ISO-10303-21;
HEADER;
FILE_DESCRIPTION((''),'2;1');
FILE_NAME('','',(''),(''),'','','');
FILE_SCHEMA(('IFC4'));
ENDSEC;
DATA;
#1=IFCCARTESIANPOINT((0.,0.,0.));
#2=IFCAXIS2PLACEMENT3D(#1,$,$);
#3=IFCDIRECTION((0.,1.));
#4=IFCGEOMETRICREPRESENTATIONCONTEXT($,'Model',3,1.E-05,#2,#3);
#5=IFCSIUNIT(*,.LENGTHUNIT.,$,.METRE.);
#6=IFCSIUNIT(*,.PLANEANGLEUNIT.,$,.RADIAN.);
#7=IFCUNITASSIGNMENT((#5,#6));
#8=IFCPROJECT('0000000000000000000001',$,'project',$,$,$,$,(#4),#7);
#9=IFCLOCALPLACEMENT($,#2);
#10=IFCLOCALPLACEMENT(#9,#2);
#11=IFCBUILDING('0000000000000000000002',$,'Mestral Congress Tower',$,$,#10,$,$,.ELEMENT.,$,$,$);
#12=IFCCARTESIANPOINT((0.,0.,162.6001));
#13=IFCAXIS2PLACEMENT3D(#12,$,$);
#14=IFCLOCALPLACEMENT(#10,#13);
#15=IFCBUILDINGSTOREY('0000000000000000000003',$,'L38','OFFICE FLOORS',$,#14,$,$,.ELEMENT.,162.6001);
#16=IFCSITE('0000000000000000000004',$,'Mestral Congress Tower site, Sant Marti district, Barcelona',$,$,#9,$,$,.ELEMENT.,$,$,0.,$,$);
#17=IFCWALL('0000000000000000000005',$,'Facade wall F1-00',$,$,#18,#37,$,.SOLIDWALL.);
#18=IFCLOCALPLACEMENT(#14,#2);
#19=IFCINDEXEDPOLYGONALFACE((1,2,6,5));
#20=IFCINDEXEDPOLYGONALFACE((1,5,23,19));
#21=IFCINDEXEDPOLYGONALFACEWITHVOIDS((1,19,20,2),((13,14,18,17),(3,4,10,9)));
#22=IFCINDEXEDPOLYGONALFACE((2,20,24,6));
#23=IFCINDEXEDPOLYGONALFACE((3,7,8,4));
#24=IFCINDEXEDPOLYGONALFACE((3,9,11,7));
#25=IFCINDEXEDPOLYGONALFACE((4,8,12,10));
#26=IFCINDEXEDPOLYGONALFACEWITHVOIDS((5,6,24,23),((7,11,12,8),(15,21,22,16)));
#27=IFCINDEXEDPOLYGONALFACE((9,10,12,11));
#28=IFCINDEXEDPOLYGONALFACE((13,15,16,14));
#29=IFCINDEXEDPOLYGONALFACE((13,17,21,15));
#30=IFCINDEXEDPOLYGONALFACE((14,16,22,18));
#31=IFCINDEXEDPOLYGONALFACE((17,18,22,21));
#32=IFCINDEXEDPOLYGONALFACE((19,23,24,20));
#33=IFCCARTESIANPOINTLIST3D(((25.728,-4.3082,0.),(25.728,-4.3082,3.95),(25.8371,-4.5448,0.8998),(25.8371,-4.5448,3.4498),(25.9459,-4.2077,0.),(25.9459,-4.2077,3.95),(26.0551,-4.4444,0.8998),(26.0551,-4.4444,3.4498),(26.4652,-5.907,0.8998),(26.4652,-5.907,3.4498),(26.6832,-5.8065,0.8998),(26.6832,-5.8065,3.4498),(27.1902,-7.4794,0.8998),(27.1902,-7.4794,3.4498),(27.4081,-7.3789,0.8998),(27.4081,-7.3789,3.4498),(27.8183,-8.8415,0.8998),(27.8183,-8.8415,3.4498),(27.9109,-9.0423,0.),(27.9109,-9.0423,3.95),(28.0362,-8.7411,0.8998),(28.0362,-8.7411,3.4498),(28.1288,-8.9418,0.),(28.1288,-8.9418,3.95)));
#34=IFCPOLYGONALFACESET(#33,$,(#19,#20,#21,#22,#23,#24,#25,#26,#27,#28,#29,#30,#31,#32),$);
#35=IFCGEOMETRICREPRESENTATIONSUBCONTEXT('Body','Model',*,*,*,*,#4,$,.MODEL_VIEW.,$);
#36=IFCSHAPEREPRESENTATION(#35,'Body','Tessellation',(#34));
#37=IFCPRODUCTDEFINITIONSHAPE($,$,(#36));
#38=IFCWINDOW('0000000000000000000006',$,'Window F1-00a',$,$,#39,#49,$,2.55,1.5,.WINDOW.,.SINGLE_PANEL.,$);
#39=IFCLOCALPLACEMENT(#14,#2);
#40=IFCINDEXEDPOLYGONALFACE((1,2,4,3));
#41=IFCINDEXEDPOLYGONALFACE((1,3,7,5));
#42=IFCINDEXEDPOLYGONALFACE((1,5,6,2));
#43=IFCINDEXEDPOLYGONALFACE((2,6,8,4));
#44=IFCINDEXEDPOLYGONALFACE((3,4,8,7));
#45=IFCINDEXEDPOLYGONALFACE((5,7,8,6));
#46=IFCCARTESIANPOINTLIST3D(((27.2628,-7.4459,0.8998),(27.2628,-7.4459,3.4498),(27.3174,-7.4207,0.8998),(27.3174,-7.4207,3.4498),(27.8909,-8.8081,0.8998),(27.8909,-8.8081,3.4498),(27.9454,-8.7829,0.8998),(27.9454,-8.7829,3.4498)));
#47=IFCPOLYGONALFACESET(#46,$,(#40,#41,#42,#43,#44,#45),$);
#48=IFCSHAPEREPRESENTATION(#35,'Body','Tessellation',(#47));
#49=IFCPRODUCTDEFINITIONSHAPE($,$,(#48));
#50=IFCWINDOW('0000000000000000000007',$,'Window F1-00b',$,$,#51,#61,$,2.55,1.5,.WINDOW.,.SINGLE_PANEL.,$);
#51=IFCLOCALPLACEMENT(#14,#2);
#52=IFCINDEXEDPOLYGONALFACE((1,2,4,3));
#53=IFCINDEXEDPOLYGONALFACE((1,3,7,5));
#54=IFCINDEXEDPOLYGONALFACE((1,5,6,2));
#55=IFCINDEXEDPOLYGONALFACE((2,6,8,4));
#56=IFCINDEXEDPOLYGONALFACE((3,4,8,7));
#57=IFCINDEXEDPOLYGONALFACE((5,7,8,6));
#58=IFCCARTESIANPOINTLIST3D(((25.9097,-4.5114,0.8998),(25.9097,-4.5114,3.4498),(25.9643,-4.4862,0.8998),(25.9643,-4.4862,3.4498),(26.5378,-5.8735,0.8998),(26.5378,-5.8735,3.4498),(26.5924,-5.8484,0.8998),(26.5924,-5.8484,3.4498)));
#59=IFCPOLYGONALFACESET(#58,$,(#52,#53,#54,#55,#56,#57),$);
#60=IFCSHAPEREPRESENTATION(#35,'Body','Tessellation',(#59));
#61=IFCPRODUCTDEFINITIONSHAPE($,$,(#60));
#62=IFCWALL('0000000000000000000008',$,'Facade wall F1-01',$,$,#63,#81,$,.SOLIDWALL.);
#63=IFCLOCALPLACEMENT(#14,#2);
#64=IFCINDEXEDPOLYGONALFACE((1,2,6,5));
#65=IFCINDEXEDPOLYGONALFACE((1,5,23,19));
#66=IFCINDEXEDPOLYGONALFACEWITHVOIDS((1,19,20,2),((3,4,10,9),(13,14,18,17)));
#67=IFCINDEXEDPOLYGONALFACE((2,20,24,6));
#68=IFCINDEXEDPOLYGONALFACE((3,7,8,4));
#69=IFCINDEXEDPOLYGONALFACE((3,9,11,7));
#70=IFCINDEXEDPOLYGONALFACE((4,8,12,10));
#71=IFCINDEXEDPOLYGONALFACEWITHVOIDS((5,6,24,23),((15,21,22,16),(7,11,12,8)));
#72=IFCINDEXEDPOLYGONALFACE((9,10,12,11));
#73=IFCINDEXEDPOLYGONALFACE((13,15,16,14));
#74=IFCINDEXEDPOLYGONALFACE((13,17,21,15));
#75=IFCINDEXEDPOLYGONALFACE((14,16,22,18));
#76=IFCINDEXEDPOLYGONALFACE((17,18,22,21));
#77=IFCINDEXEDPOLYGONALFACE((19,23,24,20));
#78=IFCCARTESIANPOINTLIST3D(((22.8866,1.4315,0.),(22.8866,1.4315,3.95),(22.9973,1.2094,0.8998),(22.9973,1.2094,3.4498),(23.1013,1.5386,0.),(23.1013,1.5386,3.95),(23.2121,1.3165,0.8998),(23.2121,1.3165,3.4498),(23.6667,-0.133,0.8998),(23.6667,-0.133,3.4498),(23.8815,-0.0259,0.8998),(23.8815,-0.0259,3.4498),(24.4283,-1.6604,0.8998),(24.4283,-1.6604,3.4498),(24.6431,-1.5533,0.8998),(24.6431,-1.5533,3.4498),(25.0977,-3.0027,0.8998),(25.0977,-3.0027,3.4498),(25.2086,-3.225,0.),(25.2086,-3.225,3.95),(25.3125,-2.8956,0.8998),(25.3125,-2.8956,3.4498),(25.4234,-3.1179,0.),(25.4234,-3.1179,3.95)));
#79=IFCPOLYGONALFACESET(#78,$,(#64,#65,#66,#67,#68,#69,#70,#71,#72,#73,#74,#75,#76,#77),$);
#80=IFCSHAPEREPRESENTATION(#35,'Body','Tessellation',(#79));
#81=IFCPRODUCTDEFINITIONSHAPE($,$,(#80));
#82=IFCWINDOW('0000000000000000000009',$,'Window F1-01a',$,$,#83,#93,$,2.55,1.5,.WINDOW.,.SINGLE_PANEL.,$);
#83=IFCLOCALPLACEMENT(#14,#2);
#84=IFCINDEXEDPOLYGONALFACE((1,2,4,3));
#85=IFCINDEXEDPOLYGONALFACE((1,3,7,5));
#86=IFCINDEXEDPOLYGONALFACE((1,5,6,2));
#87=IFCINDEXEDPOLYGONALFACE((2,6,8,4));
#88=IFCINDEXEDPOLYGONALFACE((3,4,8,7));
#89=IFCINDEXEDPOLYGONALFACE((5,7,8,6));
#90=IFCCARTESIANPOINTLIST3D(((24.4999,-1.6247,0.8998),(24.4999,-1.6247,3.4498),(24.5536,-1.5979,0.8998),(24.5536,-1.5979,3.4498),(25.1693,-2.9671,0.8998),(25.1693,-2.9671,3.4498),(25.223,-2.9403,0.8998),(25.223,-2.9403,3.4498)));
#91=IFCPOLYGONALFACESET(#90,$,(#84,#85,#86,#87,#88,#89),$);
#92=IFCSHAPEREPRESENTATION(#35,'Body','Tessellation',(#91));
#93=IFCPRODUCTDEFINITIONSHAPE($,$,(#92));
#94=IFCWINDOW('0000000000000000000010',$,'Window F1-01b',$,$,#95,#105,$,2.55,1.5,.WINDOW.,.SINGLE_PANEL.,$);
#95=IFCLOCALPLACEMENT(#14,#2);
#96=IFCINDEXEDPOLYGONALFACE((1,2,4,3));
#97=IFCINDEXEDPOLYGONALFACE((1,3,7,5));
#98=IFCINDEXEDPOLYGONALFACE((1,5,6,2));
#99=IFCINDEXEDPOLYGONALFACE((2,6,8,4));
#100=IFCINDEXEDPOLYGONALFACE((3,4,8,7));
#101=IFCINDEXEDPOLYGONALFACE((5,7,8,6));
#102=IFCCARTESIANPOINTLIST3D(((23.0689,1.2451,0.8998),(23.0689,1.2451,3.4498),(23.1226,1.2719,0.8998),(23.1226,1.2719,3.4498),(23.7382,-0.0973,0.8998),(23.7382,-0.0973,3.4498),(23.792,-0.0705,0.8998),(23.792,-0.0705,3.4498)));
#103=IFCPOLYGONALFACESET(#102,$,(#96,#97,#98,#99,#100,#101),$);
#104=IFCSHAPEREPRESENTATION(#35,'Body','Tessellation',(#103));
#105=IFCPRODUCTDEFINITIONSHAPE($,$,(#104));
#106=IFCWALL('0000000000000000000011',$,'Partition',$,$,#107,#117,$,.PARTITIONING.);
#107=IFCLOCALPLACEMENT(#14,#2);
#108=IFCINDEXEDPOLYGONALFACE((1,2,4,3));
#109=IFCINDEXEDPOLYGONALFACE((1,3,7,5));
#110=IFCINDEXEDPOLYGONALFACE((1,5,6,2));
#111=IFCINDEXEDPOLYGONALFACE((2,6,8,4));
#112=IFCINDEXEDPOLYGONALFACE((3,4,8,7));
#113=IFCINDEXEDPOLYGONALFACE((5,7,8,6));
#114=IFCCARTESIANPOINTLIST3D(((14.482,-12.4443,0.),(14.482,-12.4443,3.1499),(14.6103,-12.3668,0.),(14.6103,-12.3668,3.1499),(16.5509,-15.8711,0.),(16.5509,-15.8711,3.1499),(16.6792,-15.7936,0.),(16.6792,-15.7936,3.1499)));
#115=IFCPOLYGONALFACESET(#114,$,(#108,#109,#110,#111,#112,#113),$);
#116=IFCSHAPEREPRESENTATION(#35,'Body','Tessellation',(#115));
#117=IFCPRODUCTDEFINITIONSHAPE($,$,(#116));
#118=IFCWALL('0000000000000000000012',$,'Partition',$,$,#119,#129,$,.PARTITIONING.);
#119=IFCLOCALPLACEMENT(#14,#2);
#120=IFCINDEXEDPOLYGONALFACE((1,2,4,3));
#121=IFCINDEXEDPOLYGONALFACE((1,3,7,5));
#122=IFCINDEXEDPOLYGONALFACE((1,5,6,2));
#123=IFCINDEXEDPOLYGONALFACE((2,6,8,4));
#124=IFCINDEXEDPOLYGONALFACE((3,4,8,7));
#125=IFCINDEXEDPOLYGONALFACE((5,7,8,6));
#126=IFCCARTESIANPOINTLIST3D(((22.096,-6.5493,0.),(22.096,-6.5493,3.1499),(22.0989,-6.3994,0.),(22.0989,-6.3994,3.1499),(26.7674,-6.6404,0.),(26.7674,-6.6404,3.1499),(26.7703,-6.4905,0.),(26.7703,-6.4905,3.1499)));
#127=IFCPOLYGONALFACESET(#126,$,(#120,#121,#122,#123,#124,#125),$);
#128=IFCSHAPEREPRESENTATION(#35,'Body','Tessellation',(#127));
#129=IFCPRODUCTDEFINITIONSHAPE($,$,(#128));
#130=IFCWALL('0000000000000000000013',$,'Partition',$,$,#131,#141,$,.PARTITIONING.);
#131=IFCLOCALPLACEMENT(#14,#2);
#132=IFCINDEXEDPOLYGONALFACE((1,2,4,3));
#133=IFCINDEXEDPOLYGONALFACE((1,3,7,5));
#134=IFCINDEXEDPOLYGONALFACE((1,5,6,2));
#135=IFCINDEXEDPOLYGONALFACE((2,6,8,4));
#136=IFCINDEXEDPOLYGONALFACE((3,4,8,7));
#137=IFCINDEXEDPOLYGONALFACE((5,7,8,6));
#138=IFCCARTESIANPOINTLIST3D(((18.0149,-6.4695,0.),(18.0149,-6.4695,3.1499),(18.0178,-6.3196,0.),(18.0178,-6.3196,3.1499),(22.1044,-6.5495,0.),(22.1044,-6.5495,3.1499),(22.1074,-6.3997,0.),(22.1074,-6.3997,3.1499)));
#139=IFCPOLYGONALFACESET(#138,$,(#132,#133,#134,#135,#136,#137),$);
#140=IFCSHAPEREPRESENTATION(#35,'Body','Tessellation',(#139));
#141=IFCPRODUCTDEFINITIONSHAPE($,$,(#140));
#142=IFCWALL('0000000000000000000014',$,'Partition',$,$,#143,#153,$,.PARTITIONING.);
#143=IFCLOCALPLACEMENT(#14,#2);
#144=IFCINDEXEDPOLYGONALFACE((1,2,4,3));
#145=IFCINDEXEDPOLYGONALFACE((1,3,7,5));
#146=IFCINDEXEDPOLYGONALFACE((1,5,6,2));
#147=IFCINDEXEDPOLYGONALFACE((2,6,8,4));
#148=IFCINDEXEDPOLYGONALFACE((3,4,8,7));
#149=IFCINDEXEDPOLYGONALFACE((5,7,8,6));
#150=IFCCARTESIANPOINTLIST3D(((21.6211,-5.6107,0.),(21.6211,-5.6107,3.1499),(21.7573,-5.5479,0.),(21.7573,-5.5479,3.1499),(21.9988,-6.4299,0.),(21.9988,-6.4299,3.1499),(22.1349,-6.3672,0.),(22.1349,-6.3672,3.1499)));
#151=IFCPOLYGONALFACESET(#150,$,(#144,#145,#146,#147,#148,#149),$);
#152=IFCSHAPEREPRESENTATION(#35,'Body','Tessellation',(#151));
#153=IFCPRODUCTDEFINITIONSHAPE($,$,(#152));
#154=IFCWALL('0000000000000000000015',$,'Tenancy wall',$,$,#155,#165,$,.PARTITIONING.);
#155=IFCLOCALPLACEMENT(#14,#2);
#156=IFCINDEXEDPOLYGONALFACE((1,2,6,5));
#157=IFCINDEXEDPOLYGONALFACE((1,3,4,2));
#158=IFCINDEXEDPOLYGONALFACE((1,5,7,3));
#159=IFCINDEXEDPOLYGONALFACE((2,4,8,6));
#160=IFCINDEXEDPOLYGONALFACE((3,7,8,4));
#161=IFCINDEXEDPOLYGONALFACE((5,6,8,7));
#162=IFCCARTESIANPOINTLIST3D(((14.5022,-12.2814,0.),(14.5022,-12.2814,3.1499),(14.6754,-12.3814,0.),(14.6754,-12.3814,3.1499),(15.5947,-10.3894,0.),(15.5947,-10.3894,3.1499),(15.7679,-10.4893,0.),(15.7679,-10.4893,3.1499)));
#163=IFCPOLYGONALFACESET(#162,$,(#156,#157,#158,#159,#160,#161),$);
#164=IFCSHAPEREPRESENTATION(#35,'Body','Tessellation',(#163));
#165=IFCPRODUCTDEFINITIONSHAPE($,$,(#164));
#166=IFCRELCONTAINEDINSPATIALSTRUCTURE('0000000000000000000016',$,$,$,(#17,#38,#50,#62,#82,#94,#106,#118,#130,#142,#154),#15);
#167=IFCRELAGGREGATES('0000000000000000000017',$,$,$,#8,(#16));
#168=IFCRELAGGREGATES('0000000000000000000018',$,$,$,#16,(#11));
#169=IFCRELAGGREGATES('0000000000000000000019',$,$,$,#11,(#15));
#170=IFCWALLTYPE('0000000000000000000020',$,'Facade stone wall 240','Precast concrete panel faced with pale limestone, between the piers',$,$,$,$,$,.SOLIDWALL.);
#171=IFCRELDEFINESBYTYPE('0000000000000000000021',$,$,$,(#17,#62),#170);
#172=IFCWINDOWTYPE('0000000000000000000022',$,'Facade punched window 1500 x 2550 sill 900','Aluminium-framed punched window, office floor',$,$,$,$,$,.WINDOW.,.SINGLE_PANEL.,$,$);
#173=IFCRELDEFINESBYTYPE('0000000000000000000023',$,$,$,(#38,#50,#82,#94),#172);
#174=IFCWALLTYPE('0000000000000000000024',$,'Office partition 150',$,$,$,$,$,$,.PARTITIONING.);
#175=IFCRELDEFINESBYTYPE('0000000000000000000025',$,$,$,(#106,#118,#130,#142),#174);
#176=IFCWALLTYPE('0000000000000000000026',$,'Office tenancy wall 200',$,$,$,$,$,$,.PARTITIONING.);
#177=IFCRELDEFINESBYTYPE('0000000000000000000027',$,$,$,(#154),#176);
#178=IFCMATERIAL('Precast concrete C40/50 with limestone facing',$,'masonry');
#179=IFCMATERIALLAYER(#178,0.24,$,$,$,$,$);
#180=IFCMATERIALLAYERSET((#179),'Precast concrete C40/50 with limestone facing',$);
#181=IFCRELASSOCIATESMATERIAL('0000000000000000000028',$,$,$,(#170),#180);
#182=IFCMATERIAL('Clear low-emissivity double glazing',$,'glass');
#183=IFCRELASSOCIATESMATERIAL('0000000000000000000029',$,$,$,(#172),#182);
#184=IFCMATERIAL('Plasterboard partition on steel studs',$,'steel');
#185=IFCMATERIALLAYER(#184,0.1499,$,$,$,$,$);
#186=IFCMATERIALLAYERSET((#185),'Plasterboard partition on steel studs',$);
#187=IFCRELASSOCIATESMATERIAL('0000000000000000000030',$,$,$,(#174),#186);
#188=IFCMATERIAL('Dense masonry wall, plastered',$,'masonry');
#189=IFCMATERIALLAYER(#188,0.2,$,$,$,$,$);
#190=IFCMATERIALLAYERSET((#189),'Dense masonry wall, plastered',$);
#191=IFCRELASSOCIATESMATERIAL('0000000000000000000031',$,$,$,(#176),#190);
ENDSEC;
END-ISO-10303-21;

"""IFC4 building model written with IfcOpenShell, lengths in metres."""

from ifc_helpers import new_model, si_unit, direction, frame, frame_2d, origin, place, context, subcontext, project, spatial, rectangle, extrude, material, layer, layer_set, type_object, element, fill, save


model = new_model("IFC4")

# Units and contexts
model_context = context("Model", 3, precision=1e-05, world=origin(), true_north=direction((0.0, 1.0)))
body_context = subcontext(model_context, "Body", "Model", "MODEL_VIEW")
ifc_project = project(units=[si_unit("LENGTHUNIT", "METRE"), si_unit("PLANEANGLEUNIT", "RADIAN")], contexts=[model_context])

# Site, building, storey
site_placement = place(None, origin())
site = spatial("IfcSite", under=ifc_project, at=site_placement, Name="Mestral Congress Tower site, Sant Marti district, Barcelona", CompositionType="ELEMENT", RefElevation=0.0)
building_placement = place(site_placement, origin())
building = spatial("IfcBuilding", under=site, at=building_placement, Name="Mestral Congress Tower", CompositionType="ELEMENT")
storey_placement = place(building_placement, frame((0.0, 0.0, 162.6001)))
storey = spatial("IfcBuildingStorey", under=building, at=storey_placement, Name="L38", Description="OFFICE FLOORS", CompositionType="ELEMENT", Elevation=162.6001)

# Shared definitions
ifc_material_1 = material(Name="Precast concrete C40/50 with limestone facing", Category="masonry")
ifc_layer_1 = layer(ifc_material_1, 0.24)
ifc_layer_set_1 = layer_set([ifc_layer_1], Name="Precast concrete C40/50 with limestone facing")
wall_type_1 = type_object("IfcWallType", Name="Facade stone wall 240", Description="Precast concrete panel faced with pale limestone, between the piers", PredefinedType="SOLIDWALL", material=ifc_layer_set_1)
ifc_material_2 = material(Name="Clear low-emissivity double glazing", Category="glass")

# Walls, openings, windows
wall_1_placement = place(storey_placement, frame((28.0198, -8.9919, 0.0), z_axis=(0.0, 0.0, 1.0), x_axis=(-0.418723, 0.908114, 0.0)))
wall_1 = element("IfcWall", 1, at=wall_1_placement, inside=storey, type_object=wall_type_1, Name="Facade wall F1-00", PredefinedType="SOLIDWALL", context=body_context, shape_type="SweptSolid", body=[
    extrude(rectangle(XDim=5.2131, YDim=0.24, at=frame_2d((2.6064, 0.0))), origin(), (0.0, 0.0, 1.0), 3.95),
])
opening_1_placement = place(wall_1_placement, frame((0.2209, 0.0, 0.8999)))
opening_1 = element("IfcOpeningElement", 2, at=opening_1_placement, cuts=wall_1, PredefinedType="OPENING", context=body_context, shape_type="SweptSolid", body=[
    extrude(rectangle(XDim=1.5, YDim=2.55, at=frame_2d((0.75, 1.2749))), frame((0.0, 0.1299, 0.0), z_axis=(0.0, -1.0, 0.0), x_axis=(1.0, 0.0, 0.0)), (0.0, 0.0, 1.0), 0.26),
])
opening_2_placement = place(wall_1_placement, frame((3.4524, 0.0, 0.8999)))
opening_2 = element("IfcOpeningElement", 3, at=opening_2_placement, cuts=wall_1, PredefinedType="OPENING", context=body_context, shape_type="SweptSolid", body=[
    extrude(rectangle(XDim=1.5, YDim=2.55, at=frame_2d((0.75, 1.2749))), frame((0.0, 0.1299, 0.0), z_axis=(0.0, -1.0, 0.0), x_axis=(1.0, 0.0, 0.0)), (0.0, 0.0, 1.0), 0.26),
])
window_type_1 = type_object("IfcWindowType", Name="Facade punched window 1500 x 2550 sill 900", Description="Aluminium-framed punched window, office floor", PartitioningType="SINGLE_PANEL", PredefinedType="WINDOW", material=ifc_material_2)
window_1_placement = place(opening_1_placement, origin())
window_1 = element("IfcWindow", 4, at=window_1_placement, inside=storey, type_object=window_type_1, Name="Window F1-00a", OverallHeight=2.55, OverallWidth=1.5, PartitioningType="SINGLE_PANEL", PredefinedType="WINDOW", context=body_context, shape_type="SweptSolid", body=[
    extrude(rectangle(XDim=1.5, YDim=2.55, at=frame_2d((0.75, 1.2749))), frame((0.0, 0.04, 0.0), z_axis=(0.0, -1.0, 0.0), x_axis=(1.0, 0.0, 0.0)), (0.0, 0.0, 1.0), 0.0601),
])
fill(opening_1, window_1)
window_2_placement = place(opening_2_placement, origin())
window_2 = element("IfcWindow", 5, at=window_2_placement, inside=storey, type_object=window_type_1, Name="Window F1-00b", OverallHeight=2.55, OverallWidth=1.5, PartitioningType="SINGLE_PANEL", PredefinedType="WINDOW", context=body_context, shape_type="SweptSolid", body=[
    extrude(rectangle(XDim=1.5, YDim=2.55, at=frame_2d((0.75, 1.2749))), frame((0.0, 0.04, 0.0), z_axis=(0.0, -1.0, 0.0), x_axis=(1.0, 0.0, 0.0)), (0.0, 0.0, 1.0), 0.0601),
])
fill(opening_2, window_2)
wall_2_placement = place(storey_placement, frame((25.3159, -3.1714, 0.0), z_axis=(0.0, 0.0, 1.0), x_axis=(-0.446256, 0.894905, 0.0)))
wall_2 = element("IfcWall", 6, at=wall_2_placement, inside=storey, type_object=wall_type_1, Name="Facade wall F1-01", PredefinedType="SOLIDWALL", context=body_context, shape_type="SweptSolid", body=[
    extrude(rectangle(XDim=5.2034, YDim=0.24, at=frame_2d((2.6016, 0.0))), origin(), (0.0, 0.0, 1.0), 3.95),
])
opening_3_placement = place(wall_2_placement, frame((0.2483, 0.0, 0.8999)))
opening_3 = element("IfcOpeningElement", 7, at=opening_3_placement, cuts=wall_2, PredefinedType="OPENING", context=body_context, shape_type="SweptSolid", body=[
    extrude(rectangle(XDim=1.5, YDim=2.55, at=frame_2d((0.75, 1.2749))), frame((0.0, 0.1299, 0.0), z_axis=(0.0, -1.0, 0.0), x_axis=(1.0, 0.0, 0.0)), (0.0, 0.0, 1.0), 0.26),
])
opening_4_placement = place(wall_2_placement, frame((3.4551, 0.0, 0.8999)))
opening_4 = element("IfcOpeningElement", 8, at=opening_4_placement, cuts=wall_2, PredefinedType="OPENING", context=body_context, shape_type="SweptSolid", body=[
    extrude(rectangle(XDim=1.5, YDim=2.55, at=frame_2d((0.75, 1.2749))), frame((0.0, 0.1299, 0.0), z_axis=(0.0, -1.0, 0.0), x_axis=(1.0, 0.0, 0.0)), (0.0, 0.0, 1.0), 0.26),
])
window_3_placement = place(opening_3_placement, origin())
window_3 = element("IfcWindow", 9, at=window_3_placement, inside=storey, type_object=window_type_1, Name="Window F1-01a", OverallHeight=2.55, OverallWidth=1.5, PartitioningType="SINGLE_PANEL", PredefinedType="WINDOW", context=body_context, shape_type="SweptSolid", body=[
    extrude(rectangle(XDim=1.5, YDim=2.55, at=frame_2d((0.75, 1.2749))), frame((0.0, 0.04, 0.0), z_axis=(0.0, -1.0, 0.0), x_axis=(1.0, 0.0, 0.0)), (0.0, 0.0, 1.0), 0.0601),
])
fill(opening_3, window_3)
window_4_placement = place(opening_4_placement, origin())
window_4 = element("IfcWindow", 10, at=window_4_placement, inside=storey, type_object=window_type_1, Name="Window F1-01b", OverallHeight=2.55, OverallWidth=1.5, PartitioningType="SINGLE_PANEL", PredefinedType="WINDOW", context=body_context, shape_type="SweptSolid", body=[
    extrude(rectangle(XDim=1.5, YDim=2.55, at=frame_2d((0.75, 1.2749))), frame((0.0, 0.04, 0.0), z_axis=(0.0, -1.0, 0.0), x_axis=(1.0, 0.0, 0.0)), (0.0, 0.0, 1.0), 0.0601),
])
fill(opening_4, window_4)

# Walls
ifc_material_3 = material(Name="Plasterboard partition on steel studs", Category="steel")
ifc_layer_2 = layer(ifc_material_3, 0.1499)
ifc_layer_set_2 = layer_set([ifc_layer_2], Name="Plasterboard partition on steel studs")
wall_type_2 = type_object("IfcWallType", Name="Office partition 150", PredefinedType="PARTITIONING", material=ifc_layer_set_2)
wall_3_placement = place(storey_placement, frame((14.5461, -12.4055, 0.0), z_axis=(0.0, 0.0, 1.0), x_axis=(0.516844, -0.85608, 0.0)))
element("IfcWall", 11, at=wall_3_placement, inside=storey, type_object=wall_type_2, Name="Partition", PredefinedType="PARTITIONING", context=body_context, shape_type="SweptSolid", body=[
    extrude(rectangle(XDim=4.0029, YDim=0.1499, at=frame_2d((2.0015, 0.0))), origin(), (0.0, 0.0, 1.0), 3.1499),
])
wall_4_placement = place(storey_placement, frame((22.0974, -6.4744, 0.0), z_axis=(0.0, 0.0, 1.0), x_axis=(0.99981, -0.01949, 0.0)))
element("IfcWall", 12, at=wall_4_placement, inside=storey, type_object=wall_type_2, Name="Partition", PredefinedType="PARTITIONING", context=body_context, shape_type="SweptSolid", body=[
    extrude(rectangle(XDim=4.6724, YDim=0.1499, at=frame_2d((2.3362, 0.0))), origin(), (0.0, 0.0, 1.0), 3.1499),
])
wall_5_placement = place(storey_placement, frame((18.0164, -6.3945, 0.0), z_axis=(0.0, 0.0, 1.0), x_axis=(0.999808, -0.019577, 0.0)))
element("IfcWall", 13, at=wall_5_placement, inside=storey, type_object=wall_type_2, Name="Partition", PredefinedType="PARTITIONING", context=body_context, shape_type="SweptSolid", body=[
    extrude(rectangle(XDim=4.0903, YDim=0.1499, at=frame_2d((2.0452, 0.0))), origin(), (0.0, 0.0, 1.0), 3.1499),
])
wall_6_placement = place(storey_placement, frame((22.0669, -6.3987, 0.0), z_axis=(0.0, 0.0, 1.0), x_axis=(-0.418629, 0.908157, 0.0)))
element("IfcWall", 14, at=wall_6_placement, inside=storey, type_object=wall_type_2, Name="Partition", PredefinedType="PARTITIONING", context=body_context, shape_type="SweptSolid", body=[
    extrude(rectangle(XDim=0.9021, YDim=0.1499, at=frame_2d((0.4512, 0.0))), origin(), (0.0, 0.0, 1.0), 3.1499),
])
ifc_material_4 = material(Name="Dense masonry wall, plastered", Category="masonry")
ifc_layer_3 = layer(ifc_material_4, 0.2)
ifc_layer_set_3 = layer_set([ifc_layer_3], Name="Dense masonry wall, plastered")
wall_type_3 = type_object("IfcWallType", Name="Office tenancy wall 200", PredefinedType="PARTITIONING", material=ifc_layer_set_3)
wall_7_placement = place(storey_placement, frame((14.5889, -12.3313, 0.0), z_axis=(0.0, 0.0, 1.0), x_axis=(0.500045, 0.865999, 0.0)))
element("IfcWall", 15, at=wall_7_placement, inside=storey, type_object=wall_type_3, Name="Tenancy wall", PredefinedType="PARTITIONING", context=body_context, shape_type="SweptSolid", body=[
    extrude(rectangle(XDim=2.1848, YDim=0.2, at=frame_2d((1.0923, 0.0))), origin(), (0.0, 0.0, 1.0), 3.1499),
])

save(model, "model.ifc")
